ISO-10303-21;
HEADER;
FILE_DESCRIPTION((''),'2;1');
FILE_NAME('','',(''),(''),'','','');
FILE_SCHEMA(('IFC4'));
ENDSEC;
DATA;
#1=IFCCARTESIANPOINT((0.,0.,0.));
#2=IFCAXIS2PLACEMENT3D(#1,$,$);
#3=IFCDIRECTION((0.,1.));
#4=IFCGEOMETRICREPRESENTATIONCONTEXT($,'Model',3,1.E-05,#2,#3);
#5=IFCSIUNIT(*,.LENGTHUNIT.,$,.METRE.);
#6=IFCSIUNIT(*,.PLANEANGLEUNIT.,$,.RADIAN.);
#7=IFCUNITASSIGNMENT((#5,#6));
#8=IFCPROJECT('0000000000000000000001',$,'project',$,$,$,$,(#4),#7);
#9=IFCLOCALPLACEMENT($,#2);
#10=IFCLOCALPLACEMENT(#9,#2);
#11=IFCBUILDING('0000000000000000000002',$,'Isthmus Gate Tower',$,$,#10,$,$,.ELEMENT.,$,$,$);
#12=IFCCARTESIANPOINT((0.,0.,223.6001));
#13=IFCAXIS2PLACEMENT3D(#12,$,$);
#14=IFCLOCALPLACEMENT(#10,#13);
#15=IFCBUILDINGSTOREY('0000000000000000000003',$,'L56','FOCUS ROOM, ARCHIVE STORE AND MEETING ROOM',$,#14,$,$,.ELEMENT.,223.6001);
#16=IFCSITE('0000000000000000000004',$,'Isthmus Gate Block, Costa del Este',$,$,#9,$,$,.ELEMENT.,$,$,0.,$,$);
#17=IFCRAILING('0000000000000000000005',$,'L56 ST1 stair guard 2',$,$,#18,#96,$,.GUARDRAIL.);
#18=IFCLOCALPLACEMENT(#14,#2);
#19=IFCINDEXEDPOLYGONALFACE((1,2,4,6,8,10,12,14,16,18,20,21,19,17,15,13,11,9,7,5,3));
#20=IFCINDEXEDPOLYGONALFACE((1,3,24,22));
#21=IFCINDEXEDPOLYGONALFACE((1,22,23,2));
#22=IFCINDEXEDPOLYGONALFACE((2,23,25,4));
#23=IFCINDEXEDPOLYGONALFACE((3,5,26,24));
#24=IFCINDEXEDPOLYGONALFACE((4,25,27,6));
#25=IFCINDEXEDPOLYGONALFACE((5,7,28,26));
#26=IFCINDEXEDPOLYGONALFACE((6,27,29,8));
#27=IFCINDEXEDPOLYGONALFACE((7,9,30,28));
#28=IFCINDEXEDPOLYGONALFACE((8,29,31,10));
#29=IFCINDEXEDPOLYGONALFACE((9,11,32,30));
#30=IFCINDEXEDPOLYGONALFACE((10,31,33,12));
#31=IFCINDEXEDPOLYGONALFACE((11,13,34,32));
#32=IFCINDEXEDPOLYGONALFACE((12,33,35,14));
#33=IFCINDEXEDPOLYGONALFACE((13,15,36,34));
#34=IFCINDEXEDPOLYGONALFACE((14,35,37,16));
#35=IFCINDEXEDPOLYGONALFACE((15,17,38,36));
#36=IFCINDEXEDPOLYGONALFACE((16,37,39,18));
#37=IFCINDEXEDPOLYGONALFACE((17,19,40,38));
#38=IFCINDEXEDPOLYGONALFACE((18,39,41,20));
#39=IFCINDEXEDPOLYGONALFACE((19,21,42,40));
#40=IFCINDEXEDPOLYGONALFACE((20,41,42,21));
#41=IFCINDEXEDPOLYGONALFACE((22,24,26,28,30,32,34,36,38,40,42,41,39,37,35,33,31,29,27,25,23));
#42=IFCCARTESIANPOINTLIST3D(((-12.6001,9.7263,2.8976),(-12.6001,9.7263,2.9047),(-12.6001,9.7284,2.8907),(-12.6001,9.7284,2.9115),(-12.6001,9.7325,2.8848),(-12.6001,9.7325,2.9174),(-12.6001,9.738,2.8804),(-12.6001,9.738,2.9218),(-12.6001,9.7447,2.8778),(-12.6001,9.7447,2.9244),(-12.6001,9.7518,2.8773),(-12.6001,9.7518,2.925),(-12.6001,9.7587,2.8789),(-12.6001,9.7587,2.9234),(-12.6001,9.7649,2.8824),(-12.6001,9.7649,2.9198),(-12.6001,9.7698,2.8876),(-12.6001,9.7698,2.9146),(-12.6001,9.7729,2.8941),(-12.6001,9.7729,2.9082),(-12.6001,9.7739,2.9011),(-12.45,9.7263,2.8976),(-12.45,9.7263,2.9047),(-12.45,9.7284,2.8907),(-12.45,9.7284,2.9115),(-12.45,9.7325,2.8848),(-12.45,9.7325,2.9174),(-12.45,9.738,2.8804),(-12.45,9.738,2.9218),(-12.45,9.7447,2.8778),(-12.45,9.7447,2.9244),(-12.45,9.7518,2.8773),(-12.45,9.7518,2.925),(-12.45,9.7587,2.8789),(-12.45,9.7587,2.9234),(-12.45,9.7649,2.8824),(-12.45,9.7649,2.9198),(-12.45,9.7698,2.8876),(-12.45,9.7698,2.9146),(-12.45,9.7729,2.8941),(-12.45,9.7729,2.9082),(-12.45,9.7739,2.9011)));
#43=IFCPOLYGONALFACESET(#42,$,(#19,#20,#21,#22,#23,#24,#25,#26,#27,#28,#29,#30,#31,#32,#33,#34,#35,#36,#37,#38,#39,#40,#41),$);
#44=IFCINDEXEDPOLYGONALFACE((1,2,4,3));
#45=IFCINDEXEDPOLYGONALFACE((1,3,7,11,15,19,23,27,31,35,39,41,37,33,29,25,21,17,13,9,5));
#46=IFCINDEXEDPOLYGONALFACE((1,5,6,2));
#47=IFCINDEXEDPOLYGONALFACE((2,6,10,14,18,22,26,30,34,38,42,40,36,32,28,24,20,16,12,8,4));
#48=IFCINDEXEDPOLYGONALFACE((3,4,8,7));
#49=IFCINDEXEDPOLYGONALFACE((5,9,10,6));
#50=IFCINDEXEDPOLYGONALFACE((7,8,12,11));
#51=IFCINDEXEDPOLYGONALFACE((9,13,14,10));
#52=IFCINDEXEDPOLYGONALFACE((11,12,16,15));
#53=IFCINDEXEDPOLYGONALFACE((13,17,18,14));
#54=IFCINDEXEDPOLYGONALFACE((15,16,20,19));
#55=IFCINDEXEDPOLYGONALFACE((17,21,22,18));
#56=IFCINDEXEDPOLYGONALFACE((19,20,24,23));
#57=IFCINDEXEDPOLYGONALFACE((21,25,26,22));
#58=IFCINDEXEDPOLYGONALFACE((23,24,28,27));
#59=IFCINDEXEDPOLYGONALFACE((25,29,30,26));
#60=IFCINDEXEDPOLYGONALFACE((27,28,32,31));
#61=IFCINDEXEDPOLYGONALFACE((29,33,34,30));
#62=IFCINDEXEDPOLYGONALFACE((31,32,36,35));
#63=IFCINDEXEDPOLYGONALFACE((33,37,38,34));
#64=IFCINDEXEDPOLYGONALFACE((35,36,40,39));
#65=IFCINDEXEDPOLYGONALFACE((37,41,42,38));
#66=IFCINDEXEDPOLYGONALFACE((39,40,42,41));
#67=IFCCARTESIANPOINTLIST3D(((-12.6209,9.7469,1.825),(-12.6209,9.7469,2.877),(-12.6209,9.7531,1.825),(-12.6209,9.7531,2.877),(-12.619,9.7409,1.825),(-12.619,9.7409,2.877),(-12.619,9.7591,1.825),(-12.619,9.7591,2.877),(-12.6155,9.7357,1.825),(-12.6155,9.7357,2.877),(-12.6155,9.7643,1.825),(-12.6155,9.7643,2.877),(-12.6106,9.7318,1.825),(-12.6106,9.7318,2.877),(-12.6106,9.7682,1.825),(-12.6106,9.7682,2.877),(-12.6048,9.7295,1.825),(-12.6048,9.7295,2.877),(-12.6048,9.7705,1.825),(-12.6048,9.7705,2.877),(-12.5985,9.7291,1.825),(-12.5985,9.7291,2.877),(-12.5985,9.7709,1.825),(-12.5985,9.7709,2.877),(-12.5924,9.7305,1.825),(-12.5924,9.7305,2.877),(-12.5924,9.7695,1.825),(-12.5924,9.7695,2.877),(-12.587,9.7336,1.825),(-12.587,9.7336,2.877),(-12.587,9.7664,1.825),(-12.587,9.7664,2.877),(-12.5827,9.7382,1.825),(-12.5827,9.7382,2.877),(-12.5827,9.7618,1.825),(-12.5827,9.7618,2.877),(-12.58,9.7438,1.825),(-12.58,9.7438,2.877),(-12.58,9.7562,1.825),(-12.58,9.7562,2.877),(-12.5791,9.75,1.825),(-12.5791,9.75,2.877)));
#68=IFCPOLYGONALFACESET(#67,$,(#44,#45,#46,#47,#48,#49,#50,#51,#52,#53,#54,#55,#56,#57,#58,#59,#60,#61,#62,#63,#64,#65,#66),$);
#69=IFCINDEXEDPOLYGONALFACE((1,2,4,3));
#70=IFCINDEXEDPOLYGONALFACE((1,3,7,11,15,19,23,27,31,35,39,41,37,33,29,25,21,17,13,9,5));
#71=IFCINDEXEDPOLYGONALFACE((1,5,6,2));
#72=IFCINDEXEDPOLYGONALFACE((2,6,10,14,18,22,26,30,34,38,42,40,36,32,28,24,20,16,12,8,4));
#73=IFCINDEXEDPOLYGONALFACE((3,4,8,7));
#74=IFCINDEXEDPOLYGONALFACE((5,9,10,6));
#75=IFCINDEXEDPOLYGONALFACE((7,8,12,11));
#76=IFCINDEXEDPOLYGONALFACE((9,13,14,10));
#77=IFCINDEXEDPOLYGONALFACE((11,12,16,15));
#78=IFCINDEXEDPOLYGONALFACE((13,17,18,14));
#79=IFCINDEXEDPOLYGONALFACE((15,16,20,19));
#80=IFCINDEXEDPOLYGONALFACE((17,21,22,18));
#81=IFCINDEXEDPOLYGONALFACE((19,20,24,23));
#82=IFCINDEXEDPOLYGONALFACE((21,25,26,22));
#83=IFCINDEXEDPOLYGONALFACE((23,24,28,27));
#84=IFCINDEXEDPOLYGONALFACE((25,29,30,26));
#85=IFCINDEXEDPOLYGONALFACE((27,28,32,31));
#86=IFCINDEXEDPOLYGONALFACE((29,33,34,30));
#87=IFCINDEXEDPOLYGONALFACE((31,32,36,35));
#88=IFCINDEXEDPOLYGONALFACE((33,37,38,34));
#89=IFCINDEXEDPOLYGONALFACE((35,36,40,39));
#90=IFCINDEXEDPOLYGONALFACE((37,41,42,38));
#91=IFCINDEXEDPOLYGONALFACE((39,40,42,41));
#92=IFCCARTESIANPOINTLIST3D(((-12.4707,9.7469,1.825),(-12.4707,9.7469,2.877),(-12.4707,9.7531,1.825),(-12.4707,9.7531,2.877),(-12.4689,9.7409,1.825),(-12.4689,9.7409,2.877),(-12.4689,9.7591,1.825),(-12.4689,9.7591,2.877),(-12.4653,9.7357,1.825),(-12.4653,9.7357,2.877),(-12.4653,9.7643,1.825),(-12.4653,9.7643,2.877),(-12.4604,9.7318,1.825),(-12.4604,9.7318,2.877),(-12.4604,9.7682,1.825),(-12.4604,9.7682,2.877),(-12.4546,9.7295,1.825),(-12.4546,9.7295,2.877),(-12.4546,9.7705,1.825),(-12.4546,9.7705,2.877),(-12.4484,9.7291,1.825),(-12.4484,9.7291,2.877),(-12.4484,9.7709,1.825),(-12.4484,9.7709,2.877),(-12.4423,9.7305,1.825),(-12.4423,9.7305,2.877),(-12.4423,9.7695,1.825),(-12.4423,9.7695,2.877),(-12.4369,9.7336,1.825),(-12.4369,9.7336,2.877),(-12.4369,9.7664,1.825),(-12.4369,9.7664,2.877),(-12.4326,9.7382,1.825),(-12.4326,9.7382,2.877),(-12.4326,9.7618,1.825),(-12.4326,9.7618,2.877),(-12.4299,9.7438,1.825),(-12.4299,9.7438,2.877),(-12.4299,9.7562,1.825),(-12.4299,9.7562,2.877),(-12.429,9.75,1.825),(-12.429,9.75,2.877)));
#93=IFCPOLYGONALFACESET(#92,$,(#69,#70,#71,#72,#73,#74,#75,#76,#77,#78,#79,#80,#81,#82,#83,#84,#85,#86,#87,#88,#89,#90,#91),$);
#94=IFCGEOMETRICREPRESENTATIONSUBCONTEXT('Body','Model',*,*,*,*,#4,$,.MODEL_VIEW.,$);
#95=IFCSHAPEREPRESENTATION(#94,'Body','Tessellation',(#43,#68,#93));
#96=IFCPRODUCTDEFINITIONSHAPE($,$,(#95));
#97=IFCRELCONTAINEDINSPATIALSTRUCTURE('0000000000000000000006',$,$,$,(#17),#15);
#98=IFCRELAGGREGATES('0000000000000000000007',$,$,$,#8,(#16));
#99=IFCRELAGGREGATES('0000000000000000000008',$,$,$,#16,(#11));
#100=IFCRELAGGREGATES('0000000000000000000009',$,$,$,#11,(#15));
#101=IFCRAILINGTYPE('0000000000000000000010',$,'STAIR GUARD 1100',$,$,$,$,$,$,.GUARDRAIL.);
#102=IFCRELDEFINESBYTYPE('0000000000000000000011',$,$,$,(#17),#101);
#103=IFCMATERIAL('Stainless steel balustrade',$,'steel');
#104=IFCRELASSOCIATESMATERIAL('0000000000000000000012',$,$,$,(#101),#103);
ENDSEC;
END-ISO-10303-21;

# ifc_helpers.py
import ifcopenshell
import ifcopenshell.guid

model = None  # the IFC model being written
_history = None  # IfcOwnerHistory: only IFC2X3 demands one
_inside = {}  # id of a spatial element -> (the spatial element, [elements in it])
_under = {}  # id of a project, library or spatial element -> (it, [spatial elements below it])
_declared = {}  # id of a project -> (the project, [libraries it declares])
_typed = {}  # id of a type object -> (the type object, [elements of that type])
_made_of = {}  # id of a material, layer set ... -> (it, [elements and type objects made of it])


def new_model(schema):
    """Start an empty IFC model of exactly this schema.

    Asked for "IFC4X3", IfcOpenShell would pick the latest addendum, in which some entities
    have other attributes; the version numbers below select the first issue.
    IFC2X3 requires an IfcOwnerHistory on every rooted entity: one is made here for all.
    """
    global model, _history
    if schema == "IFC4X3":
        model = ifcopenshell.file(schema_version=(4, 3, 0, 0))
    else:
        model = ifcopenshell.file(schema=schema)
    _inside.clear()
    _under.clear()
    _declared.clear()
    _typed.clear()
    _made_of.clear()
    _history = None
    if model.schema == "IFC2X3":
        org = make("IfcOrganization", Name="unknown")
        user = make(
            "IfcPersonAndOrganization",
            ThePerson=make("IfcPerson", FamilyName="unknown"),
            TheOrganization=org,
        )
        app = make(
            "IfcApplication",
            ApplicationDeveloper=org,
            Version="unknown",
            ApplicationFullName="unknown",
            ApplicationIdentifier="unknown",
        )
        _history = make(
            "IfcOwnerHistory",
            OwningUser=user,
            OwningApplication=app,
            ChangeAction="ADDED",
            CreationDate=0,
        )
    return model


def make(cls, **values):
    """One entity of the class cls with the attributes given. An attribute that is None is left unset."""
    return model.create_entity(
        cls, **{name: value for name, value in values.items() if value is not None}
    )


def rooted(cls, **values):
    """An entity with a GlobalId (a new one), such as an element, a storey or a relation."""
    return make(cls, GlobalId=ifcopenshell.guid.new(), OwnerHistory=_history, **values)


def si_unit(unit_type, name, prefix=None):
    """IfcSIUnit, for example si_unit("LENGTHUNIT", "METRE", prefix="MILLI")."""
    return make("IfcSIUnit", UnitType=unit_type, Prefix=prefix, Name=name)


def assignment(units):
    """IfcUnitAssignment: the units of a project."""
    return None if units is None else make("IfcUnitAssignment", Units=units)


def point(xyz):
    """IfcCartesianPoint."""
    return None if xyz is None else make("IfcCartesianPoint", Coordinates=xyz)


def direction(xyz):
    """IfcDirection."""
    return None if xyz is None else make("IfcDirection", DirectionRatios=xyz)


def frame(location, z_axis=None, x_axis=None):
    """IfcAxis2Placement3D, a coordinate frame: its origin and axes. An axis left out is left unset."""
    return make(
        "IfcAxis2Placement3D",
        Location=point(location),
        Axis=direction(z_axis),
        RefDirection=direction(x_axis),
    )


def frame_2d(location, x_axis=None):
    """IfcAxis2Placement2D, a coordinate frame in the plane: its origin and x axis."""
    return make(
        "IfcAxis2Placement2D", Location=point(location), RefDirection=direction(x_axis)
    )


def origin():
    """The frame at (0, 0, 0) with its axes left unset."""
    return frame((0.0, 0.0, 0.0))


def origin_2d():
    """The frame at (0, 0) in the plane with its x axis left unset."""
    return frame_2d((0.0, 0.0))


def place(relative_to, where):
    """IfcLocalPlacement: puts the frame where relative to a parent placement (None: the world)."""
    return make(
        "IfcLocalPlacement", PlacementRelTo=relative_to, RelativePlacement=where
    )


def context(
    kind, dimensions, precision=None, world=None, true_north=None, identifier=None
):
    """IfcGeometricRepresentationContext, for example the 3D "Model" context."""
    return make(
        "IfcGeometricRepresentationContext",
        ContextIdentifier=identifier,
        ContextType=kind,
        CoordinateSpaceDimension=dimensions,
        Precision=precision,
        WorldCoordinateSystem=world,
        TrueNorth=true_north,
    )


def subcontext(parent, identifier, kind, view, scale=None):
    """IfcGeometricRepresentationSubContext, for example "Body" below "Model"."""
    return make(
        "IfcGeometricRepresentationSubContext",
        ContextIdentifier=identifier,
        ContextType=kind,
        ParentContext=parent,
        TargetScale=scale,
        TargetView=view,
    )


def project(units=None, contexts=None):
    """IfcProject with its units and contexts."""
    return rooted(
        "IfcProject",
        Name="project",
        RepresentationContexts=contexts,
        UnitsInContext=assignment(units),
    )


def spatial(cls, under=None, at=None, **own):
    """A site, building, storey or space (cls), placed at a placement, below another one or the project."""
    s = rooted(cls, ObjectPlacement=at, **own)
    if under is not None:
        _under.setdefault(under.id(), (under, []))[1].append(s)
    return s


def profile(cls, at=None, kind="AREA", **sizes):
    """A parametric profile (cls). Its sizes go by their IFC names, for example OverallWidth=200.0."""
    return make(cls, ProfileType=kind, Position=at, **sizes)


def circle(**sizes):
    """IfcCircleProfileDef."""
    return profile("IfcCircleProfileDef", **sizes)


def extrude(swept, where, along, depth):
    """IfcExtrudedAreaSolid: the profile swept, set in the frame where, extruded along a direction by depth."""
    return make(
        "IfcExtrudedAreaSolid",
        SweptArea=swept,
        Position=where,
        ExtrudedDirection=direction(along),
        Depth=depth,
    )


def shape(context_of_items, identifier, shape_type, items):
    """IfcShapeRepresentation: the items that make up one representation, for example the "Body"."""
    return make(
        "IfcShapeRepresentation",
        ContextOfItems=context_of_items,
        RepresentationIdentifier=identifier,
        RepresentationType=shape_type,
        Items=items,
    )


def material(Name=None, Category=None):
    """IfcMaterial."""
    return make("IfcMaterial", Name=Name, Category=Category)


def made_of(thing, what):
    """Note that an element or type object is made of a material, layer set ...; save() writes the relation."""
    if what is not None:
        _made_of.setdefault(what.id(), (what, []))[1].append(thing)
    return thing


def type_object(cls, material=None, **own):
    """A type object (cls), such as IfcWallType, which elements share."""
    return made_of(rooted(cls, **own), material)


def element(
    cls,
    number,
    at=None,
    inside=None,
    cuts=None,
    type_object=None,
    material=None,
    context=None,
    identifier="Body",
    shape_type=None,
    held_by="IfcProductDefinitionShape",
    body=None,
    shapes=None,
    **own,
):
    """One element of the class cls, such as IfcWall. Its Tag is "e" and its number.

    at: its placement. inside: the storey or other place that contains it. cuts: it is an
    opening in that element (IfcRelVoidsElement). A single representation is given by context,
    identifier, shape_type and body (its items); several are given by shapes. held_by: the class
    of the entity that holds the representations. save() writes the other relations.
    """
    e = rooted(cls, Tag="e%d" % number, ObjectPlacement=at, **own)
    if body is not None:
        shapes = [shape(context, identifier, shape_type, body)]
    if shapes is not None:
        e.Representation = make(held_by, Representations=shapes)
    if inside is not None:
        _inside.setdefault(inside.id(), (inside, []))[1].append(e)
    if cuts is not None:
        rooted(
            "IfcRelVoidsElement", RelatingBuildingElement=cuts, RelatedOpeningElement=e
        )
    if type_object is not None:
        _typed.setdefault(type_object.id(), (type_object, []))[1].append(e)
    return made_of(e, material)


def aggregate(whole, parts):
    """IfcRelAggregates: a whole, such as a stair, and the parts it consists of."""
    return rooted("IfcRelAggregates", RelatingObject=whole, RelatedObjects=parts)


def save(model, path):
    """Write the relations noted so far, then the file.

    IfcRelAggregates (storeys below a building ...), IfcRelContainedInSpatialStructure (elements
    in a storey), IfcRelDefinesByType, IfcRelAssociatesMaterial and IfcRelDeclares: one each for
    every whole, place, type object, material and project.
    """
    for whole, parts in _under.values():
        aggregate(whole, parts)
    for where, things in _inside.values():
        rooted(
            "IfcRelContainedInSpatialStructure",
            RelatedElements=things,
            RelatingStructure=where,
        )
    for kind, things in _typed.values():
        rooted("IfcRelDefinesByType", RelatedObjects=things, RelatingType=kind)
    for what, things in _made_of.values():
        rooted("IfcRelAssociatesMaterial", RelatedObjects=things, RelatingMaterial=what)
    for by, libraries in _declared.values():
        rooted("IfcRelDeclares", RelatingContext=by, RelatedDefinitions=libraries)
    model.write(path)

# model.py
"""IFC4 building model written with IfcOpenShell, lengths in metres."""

from ifc_helpers import new_model, si_unit, direction, frame, origin, origin_2d, place, context, subcontext, project, spatial, circle, extrude, material, type_object, element, save


model = new_model("IFC4")

# Units and contexts
model_context = context("Model", 3, precision=1e-05, world=origin(), true_north=direction((0.0, 1.0)))
body_context = subcontext(model_context, "Body", "Model", "MODEL_VIEW")
ifc_project = project(units=[si_unit("LENGTHUNIT", "METRE"), si_unit("PLANEANGLEUNIT", "RADIAN")], contexts=[model_context])

# Site, building, storey
site_placement = place(None, origin())
site = spatial("IfcSite", under=ifc_project, at=site_placement, Name="Isthmus Gate Block, Costa del Este", CompositionType="ELEMENT", RefElevation=0.0)
building_placement = place(site_placement, origin())
building = spatial("IfcBuilding", under=site, at=building_placement, Name="Isthmus Gate Tower", CompositionType="ELEMENT")
storey_placement = place(building_placement, frame((0.0, 0.0, 223.6001)))
storey = spatial("IfcBuildingStorey", under=building, at=storey_placement, Name="L56", Description="FOCUS ROOM, ARCHIVE STORE AND MEETING ROOM", CompositionType="ELEMENT", Elevation=223.6001)

# Railing
ifc_material_1 = material(Name="Stainless steel balustrade", Category="steel")
railing_type_1 = type_object("IfcRailingType", Name="STAIR GUARD 1100", PredefinedType="GUARDRAIL", material=ifc_material_1)
railing_1_placement = place(storey_placement, frame((-12.6001, 9.75, 1.825)))
element("IfcRailing", 1, at=railing_1_placement, inside=storey, type_object=railing_type_1, Name="L56 ST1 stair guard 2", PredefinedType="GUARDRAIL", context=body_context, shape_type="SweptSolid", body=[
    extrude(circle(Radius=0.0239, at=origin_2d()), frame((0.0, 0.0, 1.0762), z_axis=(1.0, 0.0, 0.0), x_axis=(0.0, 1.0, 0.0)), (0.0, 0.0, 1.0), 0.1501),
    extrude(circle(Radius=0.021, at=origin_2d()), origin(), (0.0, 0.0, 1.0), 1.052),
    extrude(circle(Radius=0.021, at=origin_2d()), frame((0.1501, 0.0, 0.0)), (0.0, 0.0, 1.0), 1.052),
])

save(model, "model.ifc")
